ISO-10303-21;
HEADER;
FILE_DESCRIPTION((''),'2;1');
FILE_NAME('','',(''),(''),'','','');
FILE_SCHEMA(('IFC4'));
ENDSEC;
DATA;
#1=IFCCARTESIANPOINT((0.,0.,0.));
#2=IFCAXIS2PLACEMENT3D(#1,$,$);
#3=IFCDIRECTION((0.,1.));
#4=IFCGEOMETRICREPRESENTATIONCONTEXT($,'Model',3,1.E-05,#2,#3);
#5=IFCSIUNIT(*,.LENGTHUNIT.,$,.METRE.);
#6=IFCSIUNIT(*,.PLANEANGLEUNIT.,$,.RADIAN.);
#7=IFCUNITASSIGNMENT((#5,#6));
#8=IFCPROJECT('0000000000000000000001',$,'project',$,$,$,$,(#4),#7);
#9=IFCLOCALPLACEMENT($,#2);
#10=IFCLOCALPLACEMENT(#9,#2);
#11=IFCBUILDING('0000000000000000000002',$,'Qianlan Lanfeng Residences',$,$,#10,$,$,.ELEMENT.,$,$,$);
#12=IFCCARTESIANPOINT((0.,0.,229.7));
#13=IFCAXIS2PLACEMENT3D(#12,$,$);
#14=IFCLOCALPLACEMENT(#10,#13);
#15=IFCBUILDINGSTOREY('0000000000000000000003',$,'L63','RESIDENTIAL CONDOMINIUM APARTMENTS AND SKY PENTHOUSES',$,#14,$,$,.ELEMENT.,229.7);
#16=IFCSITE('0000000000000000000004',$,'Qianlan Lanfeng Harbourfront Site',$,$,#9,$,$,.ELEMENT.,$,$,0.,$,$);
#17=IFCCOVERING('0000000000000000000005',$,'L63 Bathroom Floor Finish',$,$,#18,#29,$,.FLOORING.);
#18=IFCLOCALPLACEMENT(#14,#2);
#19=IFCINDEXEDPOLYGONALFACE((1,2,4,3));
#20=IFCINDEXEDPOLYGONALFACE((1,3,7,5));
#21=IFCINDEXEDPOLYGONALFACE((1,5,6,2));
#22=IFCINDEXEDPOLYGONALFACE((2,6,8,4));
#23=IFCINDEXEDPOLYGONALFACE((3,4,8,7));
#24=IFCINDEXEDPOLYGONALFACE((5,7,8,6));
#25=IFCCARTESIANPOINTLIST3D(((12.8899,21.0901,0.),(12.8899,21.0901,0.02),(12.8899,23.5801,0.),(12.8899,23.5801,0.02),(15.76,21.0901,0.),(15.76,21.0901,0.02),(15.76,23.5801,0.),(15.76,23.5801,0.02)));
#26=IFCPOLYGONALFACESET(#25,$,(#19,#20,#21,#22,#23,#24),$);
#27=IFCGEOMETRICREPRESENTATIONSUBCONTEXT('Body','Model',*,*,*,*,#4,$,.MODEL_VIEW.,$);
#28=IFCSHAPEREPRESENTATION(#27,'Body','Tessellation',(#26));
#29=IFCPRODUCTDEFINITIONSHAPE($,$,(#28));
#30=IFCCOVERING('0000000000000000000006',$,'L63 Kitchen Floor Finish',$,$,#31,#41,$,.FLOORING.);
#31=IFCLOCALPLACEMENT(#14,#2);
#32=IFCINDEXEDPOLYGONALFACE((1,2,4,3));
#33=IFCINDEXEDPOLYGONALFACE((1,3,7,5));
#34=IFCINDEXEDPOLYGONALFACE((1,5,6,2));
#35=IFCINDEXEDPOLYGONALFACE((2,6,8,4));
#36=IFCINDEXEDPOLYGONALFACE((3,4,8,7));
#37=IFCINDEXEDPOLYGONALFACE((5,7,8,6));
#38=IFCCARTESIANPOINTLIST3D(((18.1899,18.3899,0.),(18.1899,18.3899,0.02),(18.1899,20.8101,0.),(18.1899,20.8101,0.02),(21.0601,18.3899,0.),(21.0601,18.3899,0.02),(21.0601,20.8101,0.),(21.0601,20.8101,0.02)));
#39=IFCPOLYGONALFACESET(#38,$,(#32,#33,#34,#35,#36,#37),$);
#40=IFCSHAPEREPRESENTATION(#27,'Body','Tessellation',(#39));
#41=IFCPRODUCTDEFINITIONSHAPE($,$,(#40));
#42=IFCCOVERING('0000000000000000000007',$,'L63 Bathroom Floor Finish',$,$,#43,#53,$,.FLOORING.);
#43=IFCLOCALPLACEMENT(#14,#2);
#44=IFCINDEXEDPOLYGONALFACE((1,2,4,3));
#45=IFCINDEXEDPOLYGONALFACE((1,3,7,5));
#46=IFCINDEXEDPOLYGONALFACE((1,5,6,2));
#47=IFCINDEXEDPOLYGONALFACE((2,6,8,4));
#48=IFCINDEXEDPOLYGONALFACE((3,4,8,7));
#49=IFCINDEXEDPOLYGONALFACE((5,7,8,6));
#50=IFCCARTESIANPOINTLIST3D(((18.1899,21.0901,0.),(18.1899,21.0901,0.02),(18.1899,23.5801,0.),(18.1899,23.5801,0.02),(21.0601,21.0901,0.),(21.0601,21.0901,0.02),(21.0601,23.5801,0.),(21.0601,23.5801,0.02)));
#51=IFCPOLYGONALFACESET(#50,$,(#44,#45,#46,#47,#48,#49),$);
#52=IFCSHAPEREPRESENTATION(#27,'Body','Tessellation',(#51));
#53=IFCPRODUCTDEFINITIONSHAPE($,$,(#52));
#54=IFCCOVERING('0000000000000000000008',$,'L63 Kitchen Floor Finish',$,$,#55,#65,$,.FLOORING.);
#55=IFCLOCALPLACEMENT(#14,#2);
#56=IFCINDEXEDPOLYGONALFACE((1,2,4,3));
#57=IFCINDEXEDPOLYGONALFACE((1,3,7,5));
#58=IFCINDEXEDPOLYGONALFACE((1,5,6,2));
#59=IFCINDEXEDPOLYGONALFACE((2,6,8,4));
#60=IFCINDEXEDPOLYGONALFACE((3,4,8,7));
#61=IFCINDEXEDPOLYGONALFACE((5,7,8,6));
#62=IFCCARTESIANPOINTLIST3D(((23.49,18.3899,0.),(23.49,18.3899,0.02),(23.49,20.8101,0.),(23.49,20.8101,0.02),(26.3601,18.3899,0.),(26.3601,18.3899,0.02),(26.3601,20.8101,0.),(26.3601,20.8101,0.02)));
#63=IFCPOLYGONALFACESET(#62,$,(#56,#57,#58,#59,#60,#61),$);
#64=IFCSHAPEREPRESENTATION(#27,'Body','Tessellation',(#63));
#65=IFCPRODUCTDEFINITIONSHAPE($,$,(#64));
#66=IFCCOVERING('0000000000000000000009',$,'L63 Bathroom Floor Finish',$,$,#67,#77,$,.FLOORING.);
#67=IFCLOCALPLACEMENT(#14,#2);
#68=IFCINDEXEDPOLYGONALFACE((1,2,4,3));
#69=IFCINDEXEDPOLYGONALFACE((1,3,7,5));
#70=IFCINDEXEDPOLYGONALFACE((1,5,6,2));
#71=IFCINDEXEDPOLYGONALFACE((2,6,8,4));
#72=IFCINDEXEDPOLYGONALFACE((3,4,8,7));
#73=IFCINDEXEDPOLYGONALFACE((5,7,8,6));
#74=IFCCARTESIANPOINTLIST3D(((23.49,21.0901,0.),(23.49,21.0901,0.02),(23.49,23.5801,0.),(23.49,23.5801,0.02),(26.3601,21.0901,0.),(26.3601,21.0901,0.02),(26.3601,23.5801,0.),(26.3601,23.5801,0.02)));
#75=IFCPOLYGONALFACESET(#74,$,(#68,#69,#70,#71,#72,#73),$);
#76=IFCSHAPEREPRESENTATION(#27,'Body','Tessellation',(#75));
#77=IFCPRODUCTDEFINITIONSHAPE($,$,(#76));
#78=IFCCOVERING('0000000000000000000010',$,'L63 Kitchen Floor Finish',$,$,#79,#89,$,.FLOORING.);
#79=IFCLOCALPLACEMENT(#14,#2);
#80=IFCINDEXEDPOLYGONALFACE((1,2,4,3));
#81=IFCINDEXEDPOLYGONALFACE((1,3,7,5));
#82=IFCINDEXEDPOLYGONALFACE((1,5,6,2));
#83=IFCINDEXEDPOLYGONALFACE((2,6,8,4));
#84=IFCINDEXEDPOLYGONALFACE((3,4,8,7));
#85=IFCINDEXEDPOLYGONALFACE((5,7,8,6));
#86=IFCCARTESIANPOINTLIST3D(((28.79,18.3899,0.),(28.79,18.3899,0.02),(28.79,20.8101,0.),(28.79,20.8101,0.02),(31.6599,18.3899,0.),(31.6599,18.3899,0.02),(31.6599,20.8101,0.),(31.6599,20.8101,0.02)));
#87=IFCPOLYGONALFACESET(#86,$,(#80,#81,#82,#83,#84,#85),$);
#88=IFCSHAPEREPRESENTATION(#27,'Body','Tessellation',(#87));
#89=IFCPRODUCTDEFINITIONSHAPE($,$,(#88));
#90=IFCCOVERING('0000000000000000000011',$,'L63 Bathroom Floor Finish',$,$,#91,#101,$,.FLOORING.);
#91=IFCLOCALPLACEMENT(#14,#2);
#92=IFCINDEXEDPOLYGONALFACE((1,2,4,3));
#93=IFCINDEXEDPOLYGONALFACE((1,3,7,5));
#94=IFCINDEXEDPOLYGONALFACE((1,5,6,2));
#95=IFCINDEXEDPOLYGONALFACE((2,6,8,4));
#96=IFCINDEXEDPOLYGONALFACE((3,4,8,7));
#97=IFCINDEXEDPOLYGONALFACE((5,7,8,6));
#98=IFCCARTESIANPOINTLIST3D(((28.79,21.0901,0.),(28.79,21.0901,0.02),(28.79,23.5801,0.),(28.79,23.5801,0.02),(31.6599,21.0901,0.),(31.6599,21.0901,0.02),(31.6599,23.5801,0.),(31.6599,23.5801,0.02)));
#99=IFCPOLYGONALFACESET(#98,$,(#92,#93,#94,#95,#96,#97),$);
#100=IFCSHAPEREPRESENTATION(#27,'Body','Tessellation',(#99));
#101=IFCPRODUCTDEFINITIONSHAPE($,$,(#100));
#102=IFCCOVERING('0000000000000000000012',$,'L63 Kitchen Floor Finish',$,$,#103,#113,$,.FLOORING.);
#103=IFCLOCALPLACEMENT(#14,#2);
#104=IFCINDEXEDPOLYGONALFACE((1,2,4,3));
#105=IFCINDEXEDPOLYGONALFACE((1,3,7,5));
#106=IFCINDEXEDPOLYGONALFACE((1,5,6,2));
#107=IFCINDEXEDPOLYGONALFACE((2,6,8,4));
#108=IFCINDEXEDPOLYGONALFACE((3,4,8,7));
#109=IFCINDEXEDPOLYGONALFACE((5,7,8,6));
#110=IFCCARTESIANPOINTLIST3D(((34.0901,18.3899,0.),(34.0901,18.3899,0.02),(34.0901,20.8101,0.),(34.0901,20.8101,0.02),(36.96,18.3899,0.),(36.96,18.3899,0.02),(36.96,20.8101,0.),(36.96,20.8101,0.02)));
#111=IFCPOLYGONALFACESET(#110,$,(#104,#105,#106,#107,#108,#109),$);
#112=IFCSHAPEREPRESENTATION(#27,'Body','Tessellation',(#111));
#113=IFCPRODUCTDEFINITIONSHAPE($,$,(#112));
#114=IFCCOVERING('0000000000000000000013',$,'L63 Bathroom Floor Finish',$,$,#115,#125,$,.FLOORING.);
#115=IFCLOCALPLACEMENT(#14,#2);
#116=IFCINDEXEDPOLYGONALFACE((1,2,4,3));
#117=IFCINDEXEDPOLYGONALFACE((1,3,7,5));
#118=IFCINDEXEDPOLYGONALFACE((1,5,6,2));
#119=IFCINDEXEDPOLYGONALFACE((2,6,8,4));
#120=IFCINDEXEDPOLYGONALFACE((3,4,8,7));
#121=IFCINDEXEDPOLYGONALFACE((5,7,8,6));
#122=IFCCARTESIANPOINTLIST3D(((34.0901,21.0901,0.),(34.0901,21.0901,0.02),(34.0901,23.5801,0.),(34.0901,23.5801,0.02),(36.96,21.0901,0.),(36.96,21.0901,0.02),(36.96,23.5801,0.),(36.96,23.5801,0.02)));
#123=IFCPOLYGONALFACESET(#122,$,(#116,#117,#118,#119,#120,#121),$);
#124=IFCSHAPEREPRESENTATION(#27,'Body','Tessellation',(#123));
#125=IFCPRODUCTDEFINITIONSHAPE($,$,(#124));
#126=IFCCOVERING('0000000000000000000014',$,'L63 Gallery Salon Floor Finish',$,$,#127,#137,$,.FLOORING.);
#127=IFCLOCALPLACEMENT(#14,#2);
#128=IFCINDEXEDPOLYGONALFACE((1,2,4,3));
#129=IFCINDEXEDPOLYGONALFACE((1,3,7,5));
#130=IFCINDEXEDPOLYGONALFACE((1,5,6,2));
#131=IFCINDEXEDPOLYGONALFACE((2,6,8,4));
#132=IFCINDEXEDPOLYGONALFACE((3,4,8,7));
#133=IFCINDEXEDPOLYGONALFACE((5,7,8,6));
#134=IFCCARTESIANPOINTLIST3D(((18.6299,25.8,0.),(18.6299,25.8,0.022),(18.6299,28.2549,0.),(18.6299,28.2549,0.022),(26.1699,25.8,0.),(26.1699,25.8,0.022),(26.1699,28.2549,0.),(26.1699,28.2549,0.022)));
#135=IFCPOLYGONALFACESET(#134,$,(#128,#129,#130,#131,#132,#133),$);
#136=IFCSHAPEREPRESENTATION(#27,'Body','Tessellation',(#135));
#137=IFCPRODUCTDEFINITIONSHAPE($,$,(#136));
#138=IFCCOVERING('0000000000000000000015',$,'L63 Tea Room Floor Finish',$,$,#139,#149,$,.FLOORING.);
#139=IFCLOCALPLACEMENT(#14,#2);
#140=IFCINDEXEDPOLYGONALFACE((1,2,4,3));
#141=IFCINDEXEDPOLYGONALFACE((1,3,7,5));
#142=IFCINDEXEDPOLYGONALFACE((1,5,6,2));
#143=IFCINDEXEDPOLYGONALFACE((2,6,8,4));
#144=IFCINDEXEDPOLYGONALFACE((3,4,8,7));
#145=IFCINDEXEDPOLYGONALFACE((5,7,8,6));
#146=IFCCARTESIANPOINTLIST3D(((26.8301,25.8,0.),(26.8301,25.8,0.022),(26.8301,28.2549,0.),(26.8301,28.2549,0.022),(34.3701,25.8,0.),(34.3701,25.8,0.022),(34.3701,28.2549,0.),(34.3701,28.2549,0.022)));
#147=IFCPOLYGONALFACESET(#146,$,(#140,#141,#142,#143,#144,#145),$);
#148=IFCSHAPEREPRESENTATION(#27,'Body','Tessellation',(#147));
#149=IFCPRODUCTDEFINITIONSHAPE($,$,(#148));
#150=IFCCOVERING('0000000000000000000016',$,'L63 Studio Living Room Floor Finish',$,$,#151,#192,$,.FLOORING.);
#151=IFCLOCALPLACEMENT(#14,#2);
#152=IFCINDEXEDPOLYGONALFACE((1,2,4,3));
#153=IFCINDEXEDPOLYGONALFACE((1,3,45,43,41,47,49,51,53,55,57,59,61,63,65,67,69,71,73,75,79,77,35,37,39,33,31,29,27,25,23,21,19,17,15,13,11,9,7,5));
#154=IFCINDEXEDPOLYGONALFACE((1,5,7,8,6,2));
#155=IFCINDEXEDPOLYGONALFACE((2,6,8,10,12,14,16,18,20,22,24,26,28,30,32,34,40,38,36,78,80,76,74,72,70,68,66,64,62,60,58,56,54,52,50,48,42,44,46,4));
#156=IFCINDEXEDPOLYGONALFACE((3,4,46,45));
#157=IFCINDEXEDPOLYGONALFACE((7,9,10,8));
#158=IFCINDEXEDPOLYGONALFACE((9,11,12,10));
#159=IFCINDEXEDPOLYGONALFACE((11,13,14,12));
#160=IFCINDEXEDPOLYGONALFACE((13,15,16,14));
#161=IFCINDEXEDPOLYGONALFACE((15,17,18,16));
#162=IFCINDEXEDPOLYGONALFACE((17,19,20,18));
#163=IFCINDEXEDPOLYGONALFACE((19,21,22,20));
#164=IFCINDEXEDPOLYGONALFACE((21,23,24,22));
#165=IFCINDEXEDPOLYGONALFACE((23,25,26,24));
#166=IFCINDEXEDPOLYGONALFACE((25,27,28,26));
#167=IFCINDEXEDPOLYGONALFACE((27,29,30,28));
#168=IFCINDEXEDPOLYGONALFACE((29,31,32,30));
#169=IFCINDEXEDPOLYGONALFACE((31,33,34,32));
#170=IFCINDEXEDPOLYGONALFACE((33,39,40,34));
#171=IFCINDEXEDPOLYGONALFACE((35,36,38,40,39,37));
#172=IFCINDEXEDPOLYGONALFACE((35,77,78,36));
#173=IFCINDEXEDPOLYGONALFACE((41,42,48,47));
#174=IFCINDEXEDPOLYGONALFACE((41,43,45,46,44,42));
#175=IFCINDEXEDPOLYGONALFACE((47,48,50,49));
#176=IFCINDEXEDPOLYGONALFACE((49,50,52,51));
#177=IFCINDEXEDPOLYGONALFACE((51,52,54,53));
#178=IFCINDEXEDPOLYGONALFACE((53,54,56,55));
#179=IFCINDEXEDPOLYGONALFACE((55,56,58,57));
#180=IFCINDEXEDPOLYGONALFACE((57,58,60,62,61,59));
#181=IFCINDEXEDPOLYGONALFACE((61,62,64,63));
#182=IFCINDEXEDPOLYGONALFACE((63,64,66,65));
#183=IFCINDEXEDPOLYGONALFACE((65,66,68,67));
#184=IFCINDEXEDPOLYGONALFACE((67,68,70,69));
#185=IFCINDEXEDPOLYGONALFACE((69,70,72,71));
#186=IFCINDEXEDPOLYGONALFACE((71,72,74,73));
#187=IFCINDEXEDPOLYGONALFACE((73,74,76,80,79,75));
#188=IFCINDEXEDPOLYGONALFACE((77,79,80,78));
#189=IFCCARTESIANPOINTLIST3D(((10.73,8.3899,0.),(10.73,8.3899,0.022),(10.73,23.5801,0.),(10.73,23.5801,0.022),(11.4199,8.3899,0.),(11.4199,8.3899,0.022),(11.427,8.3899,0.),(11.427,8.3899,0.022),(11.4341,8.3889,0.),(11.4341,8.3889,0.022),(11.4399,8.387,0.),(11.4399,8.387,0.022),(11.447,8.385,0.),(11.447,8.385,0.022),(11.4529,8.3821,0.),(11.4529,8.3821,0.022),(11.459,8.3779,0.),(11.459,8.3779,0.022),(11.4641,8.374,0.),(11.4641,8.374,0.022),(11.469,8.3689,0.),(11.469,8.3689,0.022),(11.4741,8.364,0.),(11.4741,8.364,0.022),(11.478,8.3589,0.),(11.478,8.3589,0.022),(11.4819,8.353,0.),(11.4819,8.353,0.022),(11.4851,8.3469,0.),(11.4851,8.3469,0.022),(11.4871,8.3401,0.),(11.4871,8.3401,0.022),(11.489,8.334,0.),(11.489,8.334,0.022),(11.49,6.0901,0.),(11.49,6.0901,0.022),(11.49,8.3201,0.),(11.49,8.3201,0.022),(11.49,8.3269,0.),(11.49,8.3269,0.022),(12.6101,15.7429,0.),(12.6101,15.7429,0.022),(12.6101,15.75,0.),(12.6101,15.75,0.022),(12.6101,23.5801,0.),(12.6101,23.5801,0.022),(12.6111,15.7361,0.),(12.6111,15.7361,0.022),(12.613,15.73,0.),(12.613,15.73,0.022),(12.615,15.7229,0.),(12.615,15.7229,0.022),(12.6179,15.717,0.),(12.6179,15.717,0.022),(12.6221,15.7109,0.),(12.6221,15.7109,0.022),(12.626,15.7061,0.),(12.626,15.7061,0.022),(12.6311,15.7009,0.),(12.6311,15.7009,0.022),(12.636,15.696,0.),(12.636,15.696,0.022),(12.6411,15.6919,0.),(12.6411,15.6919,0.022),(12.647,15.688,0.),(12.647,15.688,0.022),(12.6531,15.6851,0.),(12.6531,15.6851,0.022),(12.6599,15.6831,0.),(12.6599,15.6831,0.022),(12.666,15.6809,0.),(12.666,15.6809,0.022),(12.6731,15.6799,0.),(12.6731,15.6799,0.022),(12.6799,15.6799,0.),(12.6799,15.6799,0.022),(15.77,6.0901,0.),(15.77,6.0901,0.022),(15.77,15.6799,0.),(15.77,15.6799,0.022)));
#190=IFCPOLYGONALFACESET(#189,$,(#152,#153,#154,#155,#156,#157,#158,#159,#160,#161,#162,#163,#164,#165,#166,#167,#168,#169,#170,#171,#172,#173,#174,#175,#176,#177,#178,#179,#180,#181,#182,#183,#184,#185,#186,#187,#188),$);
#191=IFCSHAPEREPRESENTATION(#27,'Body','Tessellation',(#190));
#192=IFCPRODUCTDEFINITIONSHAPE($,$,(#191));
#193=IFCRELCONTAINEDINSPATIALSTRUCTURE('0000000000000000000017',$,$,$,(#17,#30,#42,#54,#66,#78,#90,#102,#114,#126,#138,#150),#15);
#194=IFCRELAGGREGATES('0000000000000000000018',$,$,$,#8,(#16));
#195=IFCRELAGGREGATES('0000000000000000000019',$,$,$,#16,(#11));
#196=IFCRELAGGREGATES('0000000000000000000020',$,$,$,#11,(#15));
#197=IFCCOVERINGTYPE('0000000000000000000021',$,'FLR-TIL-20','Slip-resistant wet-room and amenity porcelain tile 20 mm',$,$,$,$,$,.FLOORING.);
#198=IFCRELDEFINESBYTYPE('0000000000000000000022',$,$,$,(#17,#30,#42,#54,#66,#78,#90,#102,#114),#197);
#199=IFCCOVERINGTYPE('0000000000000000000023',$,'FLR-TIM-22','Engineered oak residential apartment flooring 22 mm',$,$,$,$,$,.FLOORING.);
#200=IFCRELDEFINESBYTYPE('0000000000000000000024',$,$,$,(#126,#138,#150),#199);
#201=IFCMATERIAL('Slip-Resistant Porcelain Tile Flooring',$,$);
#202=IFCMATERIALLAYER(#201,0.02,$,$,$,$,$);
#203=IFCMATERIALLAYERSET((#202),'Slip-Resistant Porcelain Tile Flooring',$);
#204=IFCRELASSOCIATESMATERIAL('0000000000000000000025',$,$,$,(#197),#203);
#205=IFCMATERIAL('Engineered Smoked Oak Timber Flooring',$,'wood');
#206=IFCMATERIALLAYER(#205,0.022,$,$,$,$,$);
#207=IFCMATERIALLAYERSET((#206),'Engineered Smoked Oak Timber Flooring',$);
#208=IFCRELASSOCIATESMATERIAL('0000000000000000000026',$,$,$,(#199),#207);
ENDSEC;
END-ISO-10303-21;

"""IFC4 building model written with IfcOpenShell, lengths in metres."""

from ifc_helpers import new_model, si_unit, direction, frame, origin, place, context, subcontext, project, spatial, polyline, outline, extrude, material, layer, layer_set, type_object, element, save


model = new_model("IFC4")

# Units and contexts
model_context = context("Model", 3, precision=1e-05, world=origin(), true_north=direction((0.0, 1.0)))
body_context = subcontext(model_context, "Body", "Model", "MODEL_VIEW")
ifc_project = project(units=[si_unit("LENGTHUNIT", "METRE"), si_unit("PLANEANGLEUNIT", "RADIAN")], contexts=[model_context])

# Site, building, storey
site_placement = place(None, origin())
site = spatial("IfcSite", under=ifc_project, at=site_placement, Name="Qianlan Lanfeng Harbourfront Site", CompositionType="ELEMENT", RefElevation=0.0)
building_placement = place(site_placement, origin())
building = spatial("IfcBuilding", under=site, at=building_placement, Name="Qianlan Lanfeng Residences", CompositionType="ELEMENT")
storey_placement = place(building_placement, frame((0.0, 0.0, 229.7)))
storey = spatial("IfcBuildingStorey", under=building, at=storey_placement, Name="L63", Description="RESIDENTIAL CONDOMINIUM APARTMENTS AND SKY PENTHOUSES", CompositionType="ELEMENT", Elevation=229.7)

# Coverings
ifc_material_1 = material(Name="Slip-Resistant Porcelain Tile Flooring")
ifc_layer_1 = layer(ifc_material_1, 0.02)
ifc_layer_set_1 = layer_set([ifc_layer_1], Name="Slip-Resistant Porcelain Tile Flooring")
covering_type_1 = type_object("IfcCoveringType", Name="FLR-TIL-20", Description="Slip-resistant wet-room and amenity porcelain tile 20 mm", PredefinedType="FLOORING", material=ifc_layer_set_1)
covering_1_placement = place(storey_placement, origin())
element("IfcCovering", 1, at=covering_1_placement, inside=storey, type_object=covering_type_1, Name="L63 Bathroom Floor Finish", PredefinedType="FLOORING", context=body_context, shape_type="SweptSolid", body=[
    extrude(outline(polyline([(12.8899, 21.0901), (15.76, 21.0901), (15.76, 23.5801), (12.8899, 23.5801), (12.8899, 21.0901)])), origin(), (0.0, 0.0, 1.0), 0.02),
])
covering_2_placement = place(storey_placement, origin())
element("IfcCovering", 2, at=covering_2_placement, inside=storey, type_object=covering_type_1, Name="L63 Kitchen Floor Finish", PredefinedType="FLOORING", context=body_context, shape_type="SweptSolid", body=[
    extrude(outline(polyline([(18.1899, 18.3899), (21.0601, 18.3899), (21.0601, 20.8101), (18.1899, 20.8101), (18.1899, 18.3899)])), origin(), (0.0, 0.0, 1.0), 0.02),
])
covering_3_placement = place(storey_placement, origin())
element("IfcCovering", 3, at=covering_3_placement, inside=storey, type_object=covering_type_1, Name="L63 Bathroom Floor Finish", PredefinedType="FLOORING", context=body_context, shape_type="SweptSolid", body=[
    extrude(outline(polyline([(18.1899, 21.0901), (21.0601, 21.0901), (21.0601, 23.5801), (18.1899, 23.5801), (18.1899, 21.0901)])), origin(), (0.0, 0.0, 1.0), 0.02),
])
covering_4_placement = place(storey_placement, origin())
element("IfcCovering", 4, at=covering_4_placement, inside=storey, type_object=covering_type_1, Name="L63 Kitchen Floor Finish", PredefinedType="FLOORING", context=body_context, shape_type="SweptSolid", body=[
    extrude(outline(polyline([(23.49, 18.3899), (26.3601, 18.3899), (26.3601, 20.8101), (23.49, 20.8101), (23.49, 18.3899)])), origin(), (0.0, 0.0, 1.0), 0.02),
])
covering_5_placement = place(storey_placement, origin())
element("IfcCovering", 5, at=covering_5_placement, inside=storey, type_object=covering_type_1, Name="L63 Bathroom Floor Finish", PredefinedType="FLOORING", context=body_context, shape_type="SweptSolid", body=[
    extrude(outline(polyline([(23.49, 21.0901), (26.3601, 21.0901), (26.3601, 23.5801), (23.49, 23.5801), (23.49, 21.0901)])), origin(), (0.0, 0.0, 1.0), 0.02),
])
covering_6_placement = place(storey_placement, origin())
element("IfcCovering", 6, at=covering_6_placement, inside=storey, type_object=covering_type_1, Name="L63 Kitchen Floor Finish", PredefinedType="FLOORING", context=body_context, shape_type="SweptSolid", body=[
    extrude(outline(polyline([(28.79, 18.3899), (31.6599, 18.3899), (31.6599, 20.8101), (28.79, 20.8101), (28.79, 18.3899)])), origin(), (0.0, 0.0, 1.0), 0.02),
])
covering_7_placement = place(storey_placement, origin())
element("IfcCovering", 7, at=covering_7_placement, inside=storey, type_object=covering_type_1, Name="L63 Bathroom Floor Finish", PredefinedType="FLOORING", context=body_context, shape_type="SweptSolid", body=[
    extrude(outline(polyline([(28.79, 21.0901), (31.6599, 21.0901), (31.6599, 23.5801), (28.79, 23.5801), (28.79, 21.0901)])), origin(), (0.0, 0.0, 1.0), 0.02),
])
covering_8_placement = place(storey_placement, origin())
element("IfcCovering", 8, at=covering_8_placement, inside=storey, type_object=covering_type_1, Name="L63 Kitchen Floor Finish", PredefinedType="FLOORING", context=body_context, shape_type="SweptSolid", body=[
    extrude(outline(polyline([(34.0901, 18.3899), (36.96, 18.3899), (36.96, 20.8101), (34.0901, 20.8101), (34.0901, 18.3899)])), origin(), (0.0, 0.0, 1.0), 0.02),
])
covering_9_placement = place(storey_placement, origin())
element("IfcCovering", 9, at=covering_9_placement, inside=storey, type_object=covering_type_1, Name="L63 Bathroom Floor Finish", PredefinedType="FLOORING", context=body_context, shape_type="SweptSolid", body=[
    extrude(outline(polyline([(34.0901, 21.0901), (36.96, 21.0901), (36.96, 23.5801), (34.0901, 23.5801), (34.0901, 21.0901)])), origin(), (0.0, 0.0, 1.0), 0.02),
])
ifc_material_2 = material(Name="Engineered Smoked Oak Timber Flooring", Category="wood")
ifc_layer_2 = layer(ifc_material_2, 0.022)
ifc_layer_set_2 = layer_set([ifc_layer_2], Name="Engineered Smoked Oak Timber Flooring")
covering_type_2 = type_object("IfcCoveringType", Name="FLR-TIM-22", Description="Engineered oak residential apartment flooring 22 mm", PredefinedType="FLOORING", material=ifc_layer_set_2)
covering_10_placement = place(storey_placement, origin())
element("IfcCovering", 10, at=covering_10_placement, inside=storey, type_object=covering_type_2, Name="L63 Gallery Salon Floor Finish", PredefinedType="FLOORING", context=body_context, shape_type="SweptSolid", body=[
    extrude(outline(polyline([(18.6299, 25.8), (26.1699, 25.8), (26.1699, 28.2549), (18.6299, 28.2549), (18.6299, 25.8)])), origin(), (0.0, 0.0, 1.0), 0.022),
])
covering_11_placement = place(storey_placement, origin())
element("IfcCovering", 11, at=covering_11_placement, inside=storey, type_object=covering_type_2, Name="L63 Tea Room Floor Finish", PredefinedType="FLOORING", context=body_context, shape_type="SweptSolid", body=[
    extrude(outline(polyline([(26.8301, 25.8), (34.3701, 25.8), (34.3701, 28.2549), (26.8301, 28.2549), (26.8301, 25.8)])), origin(), (0.0, 0.0, 1.0), 0.022),
])
covering_12_placement = place(storey_placement, origin())
element("IfcCovering", 12, at=covering_12_placement, inside=storey, type_object=covering_type_2, Name="L63 Studio Living Room Floor Finish", PredefinedType="FLOORING", context=body_context, shape_type="SweptSolid", body=[
    extrude(outline(polyline([(15.77, 6.0901), (15.77, 15.6799), (12.6799, 15.6799), (12.6731, 15.6799), (12.666, 15.6809), (12.6599, 15.6831), (12.6531, 15.6851), (12.647, 15.688), (12.6411, 15.6919), (12.636, 15.696), (12.6311, 15.7009), (12.626, 15.7061), (12.6221, 15.7109), (12.6179, 15.717), (12.615, 15.7229), (12.613, 15.73), (12.6111, 15.7361), (12.6101, 15.7429), (12.6101, 15.75), (12.6101, 23.5801), (10.73, 23.5801), (10.73, 8.3899), (11.4199, 8.3899), (11.427, 8.3899), (11.4341, 8.3889), (11.4399, 8.387), (11.447, 8.385), (11.4529, 8.3821), (11.459, 8.3779), (11.4641, 8.374), (11.469, 8.3689), (11.4741, 8.364), (11.478, 8.3589), (11.4819, 8.353), (11.4851, 8.3469), (11.4871, 8.3401), (11.489, 8.334), (11.49, 8.3269), (11.49, 8.3201), (11.49, 6.0901), (15.77, 6.0901)])), origin(), (0.0, 0.0, 1.0), 0.022),
])

save(model, "model.ifc")
